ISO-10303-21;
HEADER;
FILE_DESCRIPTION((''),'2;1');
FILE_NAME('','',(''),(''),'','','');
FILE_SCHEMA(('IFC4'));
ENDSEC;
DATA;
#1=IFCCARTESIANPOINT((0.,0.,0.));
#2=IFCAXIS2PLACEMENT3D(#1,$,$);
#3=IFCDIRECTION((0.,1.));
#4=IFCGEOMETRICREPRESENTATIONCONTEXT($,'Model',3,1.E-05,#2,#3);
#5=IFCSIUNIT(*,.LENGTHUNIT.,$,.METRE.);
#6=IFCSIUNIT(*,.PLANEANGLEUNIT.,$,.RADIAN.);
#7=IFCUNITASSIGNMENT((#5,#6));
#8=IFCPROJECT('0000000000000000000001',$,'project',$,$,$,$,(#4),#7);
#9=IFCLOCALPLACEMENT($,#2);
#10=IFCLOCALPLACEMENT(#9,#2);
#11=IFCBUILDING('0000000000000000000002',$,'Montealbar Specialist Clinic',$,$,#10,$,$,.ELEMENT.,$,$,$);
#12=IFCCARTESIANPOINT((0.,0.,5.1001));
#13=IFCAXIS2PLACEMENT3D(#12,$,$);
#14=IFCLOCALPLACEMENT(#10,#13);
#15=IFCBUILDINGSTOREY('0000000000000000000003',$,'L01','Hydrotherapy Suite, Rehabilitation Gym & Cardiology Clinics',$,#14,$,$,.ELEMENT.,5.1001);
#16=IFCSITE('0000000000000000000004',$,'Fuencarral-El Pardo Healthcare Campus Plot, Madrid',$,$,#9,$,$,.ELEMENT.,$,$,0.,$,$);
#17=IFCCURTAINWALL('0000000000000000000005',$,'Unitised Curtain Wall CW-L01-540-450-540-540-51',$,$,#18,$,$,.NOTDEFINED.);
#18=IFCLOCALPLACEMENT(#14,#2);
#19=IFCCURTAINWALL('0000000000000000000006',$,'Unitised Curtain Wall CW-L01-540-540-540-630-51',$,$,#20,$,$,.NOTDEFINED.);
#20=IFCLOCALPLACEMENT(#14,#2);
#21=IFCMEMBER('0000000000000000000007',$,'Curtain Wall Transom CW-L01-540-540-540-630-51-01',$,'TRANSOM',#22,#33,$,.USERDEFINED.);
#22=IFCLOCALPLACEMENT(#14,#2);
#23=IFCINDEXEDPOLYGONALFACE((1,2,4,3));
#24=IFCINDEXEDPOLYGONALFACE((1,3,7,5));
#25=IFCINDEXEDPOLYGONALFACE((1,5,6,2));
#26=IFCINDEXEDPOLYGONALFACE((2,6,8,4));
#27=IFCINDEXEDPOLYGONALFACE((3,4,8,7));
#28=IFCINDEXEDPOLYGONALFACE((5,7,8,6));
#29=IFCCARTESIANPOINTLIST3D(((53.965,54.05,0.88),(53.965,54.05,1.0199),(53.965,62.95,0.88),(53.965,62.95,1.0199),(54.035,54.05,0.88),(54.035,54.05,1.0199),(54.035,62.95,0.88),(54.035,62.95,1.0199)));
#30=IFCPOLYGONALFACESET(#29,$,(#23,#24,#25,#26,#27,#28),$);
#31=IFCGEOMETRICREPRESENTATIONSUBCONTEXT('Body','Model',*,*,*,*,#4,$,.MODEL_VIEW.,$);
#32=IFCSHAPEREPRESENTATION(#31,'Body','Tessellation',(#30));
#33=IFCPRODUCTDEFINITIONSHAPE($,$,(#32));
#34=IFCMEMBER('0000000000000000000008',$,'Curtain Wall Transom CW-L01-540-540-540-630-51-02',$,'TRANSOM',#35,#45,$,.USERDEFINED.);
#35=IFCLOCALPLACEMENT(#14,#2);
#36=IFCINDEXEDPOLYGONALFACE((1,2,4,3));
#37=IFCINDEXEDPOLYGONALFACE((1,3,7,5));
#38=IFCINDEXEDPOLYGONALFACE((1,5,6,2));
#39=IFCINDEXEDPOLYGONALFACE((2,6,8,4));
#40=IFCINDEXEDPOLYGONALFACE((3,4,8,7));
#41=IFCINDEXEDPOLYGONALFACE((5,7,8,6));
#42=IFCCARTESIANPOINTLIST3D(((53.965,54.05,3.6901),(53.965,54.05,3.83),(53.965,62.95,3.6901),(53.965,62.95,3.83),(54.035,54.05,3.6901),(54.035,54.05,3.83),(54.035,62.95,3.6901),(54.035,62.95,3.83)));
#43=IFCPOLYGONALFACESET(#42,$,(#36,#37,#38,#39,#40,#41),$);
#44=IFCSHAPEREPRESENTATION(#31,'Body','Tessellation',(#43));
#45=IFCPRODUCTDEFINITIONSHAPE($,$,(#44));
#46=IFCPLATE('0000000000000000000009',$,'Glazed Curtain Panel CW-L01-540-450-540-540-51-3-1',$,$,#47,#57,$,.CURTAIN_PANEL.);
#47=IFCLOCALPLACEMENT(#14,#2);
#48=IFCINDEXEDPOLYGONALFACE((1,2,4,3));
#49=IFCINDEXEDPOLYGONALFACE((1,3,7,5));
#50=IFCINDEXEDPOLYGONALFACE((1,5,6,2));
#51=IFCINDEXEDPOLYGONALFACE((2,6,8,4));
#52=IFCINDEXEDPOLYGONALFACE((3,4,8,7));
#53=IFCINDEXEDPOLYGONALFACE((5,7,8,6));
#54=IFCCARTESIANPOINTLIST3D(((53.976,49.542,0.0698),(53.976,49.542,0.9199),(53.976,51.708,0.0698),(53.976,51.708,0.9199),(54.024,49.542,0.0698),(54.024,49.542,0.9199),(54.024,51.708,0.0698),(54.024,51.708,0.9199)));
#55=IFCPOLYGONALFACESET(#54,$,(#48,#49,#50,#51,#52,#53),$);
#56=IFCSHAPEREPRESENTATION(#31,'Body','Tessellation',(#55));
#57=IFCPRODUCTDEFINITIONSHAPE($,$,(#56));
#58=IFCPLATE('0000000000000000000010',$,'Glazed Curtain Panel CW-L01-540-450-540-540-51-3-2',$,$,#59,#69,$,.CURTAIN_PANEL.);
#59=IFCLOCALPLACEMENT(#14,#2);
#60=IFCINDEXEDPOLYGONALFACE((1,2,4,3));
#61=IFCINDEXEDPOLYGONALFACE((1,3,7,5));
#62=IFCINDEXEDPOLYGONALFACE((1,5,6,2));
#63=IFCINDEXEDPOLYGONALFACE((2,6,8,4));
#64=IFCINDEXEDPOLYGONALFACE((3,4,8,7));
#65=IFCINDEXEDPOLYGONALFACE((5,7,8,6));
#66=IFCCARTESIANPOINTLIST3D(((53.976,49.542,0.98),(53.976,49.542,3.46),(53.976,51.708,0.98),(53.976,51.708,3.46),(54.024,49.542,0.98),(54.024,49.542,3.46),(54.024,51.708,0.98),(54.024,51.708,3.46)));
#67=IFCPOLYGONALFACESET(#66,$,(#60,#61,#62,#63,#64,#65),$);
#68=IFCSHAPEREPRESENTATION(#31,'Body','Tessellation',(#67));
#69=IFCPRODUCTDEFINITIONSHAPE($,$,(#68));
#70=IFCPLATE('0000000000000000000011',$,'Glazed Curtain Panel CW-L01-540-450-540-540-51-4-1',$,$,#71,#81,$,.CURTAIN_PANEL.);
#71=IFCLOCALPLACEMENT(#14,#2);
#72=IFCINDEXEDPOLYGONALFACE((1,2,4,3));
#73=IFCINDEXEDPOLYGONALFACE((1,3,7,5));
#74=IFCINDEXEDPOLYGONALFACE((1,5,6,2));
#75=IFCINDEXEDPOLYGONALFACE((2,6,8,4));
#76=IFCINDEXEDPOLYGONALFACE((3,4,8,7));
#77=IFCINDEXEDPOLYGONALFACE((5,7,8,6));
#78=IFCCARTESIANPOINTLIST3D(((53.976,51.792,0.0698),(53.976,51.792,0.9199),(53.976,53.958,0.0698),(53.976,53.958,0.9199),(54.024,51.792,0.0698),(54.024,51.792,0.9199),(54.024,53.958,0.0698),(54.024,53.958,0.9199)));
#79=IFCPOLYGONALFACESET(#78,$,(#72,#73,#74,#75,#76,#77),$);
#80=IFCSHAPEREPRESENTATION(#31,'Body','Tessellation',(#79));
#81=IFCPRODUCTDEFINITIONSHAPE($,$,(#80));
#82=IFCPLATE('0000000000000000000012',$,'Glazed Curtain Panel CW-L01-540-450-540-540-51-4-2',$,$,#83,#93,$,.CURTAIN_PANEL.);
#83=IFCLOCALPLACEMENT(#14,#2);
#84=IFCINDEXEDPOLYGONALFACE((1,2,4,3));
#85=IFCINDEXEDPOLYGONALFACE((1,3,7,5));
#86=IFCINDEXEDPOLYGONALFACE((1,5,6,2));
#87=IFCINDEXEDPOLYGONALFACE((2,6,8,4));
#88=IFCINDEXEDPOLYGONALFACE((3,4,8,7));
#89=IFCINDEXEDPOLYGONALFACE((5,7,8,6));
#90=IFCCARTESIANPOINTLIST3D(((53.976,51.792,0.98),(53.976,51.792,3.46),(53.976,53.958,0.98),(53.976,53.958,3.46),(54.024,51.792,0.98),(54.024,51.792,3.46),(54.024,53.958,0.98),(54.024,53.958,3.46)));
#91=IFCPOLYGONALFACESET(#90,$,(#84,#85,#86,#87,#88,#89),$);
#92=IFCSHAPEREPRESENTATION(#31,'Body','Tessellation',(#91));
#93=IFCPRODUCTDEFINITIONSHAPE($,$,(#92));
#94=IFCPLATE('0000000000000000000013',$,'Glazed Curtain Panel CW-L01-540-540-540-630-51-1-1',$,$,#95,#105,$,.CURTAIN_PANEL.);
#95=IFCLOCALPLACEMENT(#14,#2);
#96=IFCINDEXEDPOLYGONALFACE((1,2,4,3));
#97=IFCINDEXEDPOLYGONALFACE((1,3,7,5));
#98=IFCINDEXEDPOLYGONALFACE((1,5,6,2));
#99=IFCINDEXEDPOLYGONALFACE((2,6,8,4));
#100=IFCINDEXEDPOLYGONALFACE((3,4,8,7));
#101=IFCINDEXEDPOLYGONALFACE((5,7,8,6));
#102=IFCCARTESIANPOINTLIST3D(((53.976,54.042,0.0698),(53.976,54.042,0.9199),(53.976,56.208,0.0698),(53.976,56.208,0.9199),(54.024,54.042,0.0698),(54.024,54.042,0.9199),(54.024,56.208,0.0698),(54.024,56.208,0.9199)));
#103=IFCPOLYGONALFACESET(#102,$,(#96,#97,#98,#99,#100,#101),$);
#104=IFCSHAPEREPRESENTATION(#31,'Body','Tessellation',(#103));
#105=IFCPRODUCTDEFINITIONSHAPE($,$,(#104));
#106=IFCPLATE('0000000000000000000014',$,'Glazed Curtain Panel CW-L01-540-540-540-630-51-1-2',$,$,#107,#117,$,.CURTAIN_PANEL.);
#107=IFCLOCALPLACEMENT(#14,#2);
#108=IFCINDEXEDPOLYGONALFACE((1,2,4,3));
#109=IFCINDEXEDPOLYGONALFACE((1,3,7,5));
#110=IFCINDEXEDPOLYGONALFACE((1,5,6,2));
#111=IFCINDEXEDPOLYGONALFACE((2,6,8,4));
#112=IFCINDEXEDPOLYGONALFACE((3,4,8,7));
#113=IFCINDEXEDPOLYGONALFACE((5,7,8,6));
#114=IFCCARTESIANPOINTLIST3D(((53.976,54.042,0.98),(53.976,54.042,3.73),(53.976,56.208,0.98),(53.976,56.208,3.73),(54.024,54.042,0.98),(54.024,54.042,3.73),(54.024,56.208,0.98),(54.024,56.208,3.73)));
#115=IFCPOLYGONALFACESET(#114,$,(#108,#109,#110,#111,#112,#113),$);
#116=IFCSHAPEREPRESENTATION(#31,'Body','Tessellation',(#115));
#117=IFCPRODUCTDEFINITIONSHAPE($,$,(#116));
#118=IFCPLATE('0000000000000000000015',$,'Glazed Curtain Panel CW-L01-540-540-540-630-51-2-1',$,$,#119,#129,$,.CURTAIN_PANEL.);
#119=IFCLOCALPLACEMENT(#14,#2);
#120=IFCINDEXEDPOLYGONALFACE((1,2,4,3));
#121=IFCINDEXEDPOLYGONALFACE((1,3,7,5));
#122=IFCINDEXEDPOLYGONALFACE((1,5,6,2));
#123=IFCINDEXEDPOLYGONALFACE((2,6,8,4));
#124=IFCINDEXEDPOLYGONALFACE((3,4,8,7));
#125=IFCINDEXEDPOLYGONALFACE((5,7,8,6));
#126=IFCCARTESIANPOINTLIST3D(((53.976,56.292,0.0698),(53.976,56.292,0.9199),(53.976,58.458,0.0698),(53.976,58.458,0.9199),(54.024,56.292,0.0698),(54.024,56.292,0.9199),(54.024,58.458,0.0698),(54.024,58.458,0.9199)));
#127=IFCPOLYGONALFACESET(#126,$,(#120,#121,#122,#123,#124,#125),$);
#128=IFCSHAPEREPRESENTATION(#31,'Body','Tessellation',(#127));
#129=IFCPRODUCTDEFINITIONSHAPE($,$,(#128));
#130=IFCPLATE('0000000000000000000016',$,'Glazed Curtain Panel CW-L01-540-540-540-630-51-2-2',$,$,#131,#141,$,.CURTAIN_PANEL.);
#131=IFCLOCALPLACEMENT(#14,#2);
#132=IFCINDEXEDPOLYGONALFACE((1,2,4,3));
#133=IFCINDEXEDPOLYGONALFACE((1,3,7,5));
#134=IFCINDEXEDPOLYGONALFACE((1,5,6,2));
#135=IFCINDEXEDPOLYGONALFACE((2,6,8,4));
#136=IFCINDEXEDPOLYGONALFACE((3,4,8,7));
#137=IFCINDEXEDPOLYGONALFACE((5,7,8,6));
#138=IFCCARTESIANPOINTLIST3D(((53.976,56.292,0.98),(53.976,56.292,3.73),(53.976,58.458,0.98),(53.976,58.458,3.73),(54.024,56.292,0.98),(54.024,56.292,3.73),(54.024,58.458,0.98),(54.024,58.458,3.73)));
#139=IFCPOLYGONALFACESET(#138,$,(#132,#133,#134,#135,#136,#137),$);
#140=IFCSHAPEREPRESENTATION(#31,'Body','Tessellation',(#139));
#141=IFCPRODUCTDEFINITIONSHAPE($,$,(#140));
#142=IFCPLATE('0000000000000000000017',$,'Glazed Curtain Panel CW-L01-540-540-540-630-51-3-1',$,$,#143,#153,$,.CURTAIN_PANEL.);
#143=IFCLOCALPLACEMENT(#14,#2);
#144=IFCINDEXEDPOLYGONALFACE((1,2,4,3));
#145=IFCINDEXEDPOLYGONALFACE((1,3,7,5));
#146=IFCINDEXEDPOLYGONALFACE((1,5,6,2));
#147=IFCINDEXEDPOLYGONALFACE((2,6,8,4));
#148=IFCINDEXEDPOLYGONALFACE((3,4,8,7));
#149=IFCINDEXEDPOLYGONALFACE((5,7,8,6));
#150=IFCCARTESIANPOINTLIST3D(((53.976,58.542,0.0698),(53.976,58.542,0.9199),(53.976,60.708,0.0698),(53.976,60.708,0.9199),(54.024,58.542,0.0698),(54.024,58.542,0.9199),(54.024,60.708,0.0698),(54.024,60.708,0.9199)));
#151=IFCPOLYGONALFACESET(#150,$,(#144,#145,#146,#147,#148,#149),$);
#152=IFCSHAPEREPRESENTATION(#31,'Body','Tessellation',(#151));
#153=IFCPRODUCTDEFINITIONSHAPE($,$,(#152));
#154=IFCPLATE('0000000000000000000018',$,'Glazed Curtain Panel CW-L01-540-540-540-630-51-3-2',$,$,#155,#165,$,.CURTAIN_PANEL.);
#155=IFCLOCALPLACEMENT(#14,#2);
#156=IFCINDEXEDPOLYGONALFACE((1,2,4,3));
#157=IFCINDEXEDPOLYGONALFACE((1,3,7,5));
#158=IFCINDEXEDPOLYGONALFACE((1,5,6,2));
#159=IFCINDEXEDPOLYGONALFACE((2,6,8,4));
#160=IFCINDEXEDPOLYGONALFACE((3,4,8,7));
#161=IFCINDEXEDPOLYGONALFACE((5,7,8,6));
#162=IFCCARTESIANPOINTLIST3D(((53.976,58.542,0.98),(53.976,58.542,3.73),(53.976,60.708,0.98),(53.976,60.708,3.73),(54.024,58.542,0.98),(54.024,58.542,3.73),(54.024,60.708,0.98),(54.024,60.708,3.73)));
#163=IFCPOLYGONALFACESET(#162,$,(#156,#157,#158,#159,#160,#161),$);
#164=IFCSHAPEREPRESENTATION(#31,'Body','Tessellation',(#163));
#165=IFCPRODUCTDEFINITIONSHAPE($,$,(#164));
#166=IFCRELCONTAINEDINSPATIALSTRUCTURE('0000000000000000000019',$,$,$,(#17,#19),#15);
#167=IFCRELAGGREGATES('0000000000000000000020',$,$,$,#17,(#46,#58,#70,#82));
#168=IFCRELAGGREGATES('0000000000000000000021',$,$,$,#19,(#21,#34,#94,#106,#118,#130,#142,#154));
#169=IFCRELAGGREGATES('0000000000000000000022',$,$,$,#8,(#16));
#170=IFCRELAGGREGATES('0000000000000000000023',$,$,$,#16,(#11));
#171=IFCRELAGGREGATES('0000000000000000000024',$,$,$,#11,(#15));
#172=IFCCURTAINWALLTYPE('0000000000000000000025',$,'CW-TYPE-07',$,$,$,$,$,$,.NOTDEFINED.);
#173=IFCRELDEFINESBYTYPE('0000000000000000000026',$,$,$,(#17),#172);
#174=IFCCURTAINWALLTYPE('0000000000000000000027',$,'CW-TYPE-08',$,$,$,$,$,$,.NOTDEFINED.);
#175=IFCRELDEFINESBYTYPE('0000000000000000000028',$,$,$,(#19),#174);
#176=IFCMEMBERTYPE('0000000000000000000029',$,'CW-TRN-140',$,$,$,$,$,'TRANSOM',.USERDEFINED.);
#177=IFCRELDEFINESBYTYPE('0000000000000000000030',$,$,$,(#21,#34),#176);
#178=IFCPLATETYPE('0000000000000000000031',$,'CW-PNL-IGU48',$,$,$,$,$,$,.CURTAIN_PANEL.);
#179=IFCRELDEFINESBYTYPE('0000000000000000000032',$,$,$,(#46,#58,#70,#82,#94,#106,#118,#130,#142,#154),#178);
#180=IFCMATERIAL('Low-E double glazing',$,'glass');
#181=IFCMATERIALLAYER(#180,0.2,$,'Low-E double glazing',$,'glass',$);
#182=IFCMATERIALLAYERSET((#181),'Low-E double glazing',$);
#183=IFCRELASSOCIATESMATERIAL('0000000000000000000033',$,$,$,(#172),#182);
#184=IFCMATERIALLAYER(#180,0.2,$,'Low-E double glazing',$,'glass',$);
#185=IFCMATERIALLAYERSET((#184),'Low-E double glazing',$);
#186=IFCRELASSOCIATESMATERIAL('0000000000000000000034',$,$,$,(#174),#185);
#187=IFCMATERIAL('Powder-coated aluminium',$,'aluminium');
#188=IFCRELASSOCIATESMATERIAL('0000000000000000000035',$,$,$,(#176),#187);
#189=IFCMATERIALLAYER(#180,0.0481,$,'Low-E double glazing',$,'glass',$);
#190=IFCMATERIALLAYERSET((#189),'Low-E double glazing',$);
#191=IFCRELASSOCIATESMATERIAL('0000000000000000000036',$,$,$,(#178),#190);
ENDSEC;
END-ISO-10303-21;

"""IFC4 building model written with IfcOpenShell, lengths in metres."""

from ifc_helpers import new_model, si_unit, direction, frame, origin, origin_2d, place, context, subcontext, project, spatial, rectangle, extrude, material, layer, layer_set, material_profile, profile_set, type_object, element, aggregate, save


model = new_model("IFC4")

# Units and contexts
model_context = context("Model", 3, precision=1e-05, world=origin(), true_north=direction((0.0, 1.0)))
body_context = subcontext(model_context, "Body", "Model", "MODEL_VIEW")
ifc_project = project(units=[si_unit("LENGTHUNIT", "METRE"), si_unit("PLANEANGLEUNIT", "RADIAN")], contexts=[model_context])

# Site, building, storey
site_placement = place(None, origin())
site = spatial("IfcSite", under=ifc_project, at=site_placement, Name="Fuencarral-El Pardo Healthcare Campus Plot, Madrid", CompositionType="ELEMENT", RefElevation=0.0)
building_placement = place(site_placement, origin())
building = spatial("IfcBuilding", under=site, at=building_placement, Name="Montealbar Specialist Clinic", CompositionType="ELEMENT")
storey_placement = place(building_placement, frame((0.0, 0.0, 5.1001)))
storey = spatial("IfcBuildingStorey", under=building, at=storey_placement, Name="L01", Description="Hydrotherapy Suite, Rehabilitation Gym & Cardiology Clinics", CompositionType="ELEMENT", Elevation=5.1001)

# Curtain walls, members
ifc_material_1 = material(Name="Low-E double glazing", Category="glass")
ifc_layer_1 = layer(ifc_material_1, 0.2, Name="Low-E double glazing", Category="glass")
ifc_layer_set_1 = layer_set([ifc_layer_1], Name="Low-E double glazing")
curtain_wall_type_1 = type_object("IfcCurtainWallType", Name="CW-TYPE-07", PredefinedType="NOTDEFINED", material=ifc_layer_set_1)
curtain_wall_1_placement = place(storey_placement, origin())
curtain_wall_1 = element("IfcCurtainWall", 1, at=curtain_wall_1_placement, inside=storey, type_object=curtain_wall_type_1, Name="Unitised Curtain Wall CW-L01-540-450-540-540-51", PredefinedType="NOTDEFINED")
ifc_layer_2 = layer(ifc_material_1, 0.2, Name="Low-E double glazing", Category="glass")
ifc_layer_set_2 = layer_set([ifc_layer_2], Name="Low-E double glazing")
curtain_wall_type_2 = type_object("IfcCurtainWallType", Name="CW-TYPE-08", PredefinedType="NOTDEFINED", material=ifc_layer_set_2)
curtain_wall_2_placement = place(storey_placement, origin())
curtain_wall_2 = element("IfcCurtainWall", 2, at=curtain_wall_2_placement, inside=storey, type_object=curtain_wall_type_2, Name="Unitised Curtain Wall CW-L01-540-540-540-630-51", PredefinedType="NOTDEFINED")
ifc_material_2 = material(Name="Powder-coated aluminium", Category="aluminium")
ifc_material_profile_1 = material_profile(ifc_material_2, rectangle(XDim=0.0701, YDim=0.1399, at=origin_2d()), Name="ALU 70x140", Category="aluminium")
ifc_profile_set_1 = profile_set([ifc_material_profile_1], Name="Powder-coated aluminium")
member_type_1 = type_object("IfcMemberType", Name="CW-TRN-140", ElementType="TRANSOM", PredefinedType="USERDEFINED", material=ifc_profile_set_1)
member_1_placement = place(storey_placement, frame((54.0, 54.05, 0.95), z_axis=(0.0, 1.0, 0.0), x_axis=(-1.0, 0.0, 0.0)))
member_1 = element("IfcMember", 3, at=member_1_placement, type_object=member_type_1, Name="Curtain Wall Transom CW-L01-540-540-540-630-51-01", ObjectType="TRANSOM", PredefinedType="USERDEFINED", context=body_context, shape_type="SweptSolid", body=[
    extrude(rectangle(XDim=0.0701, YDim=0.1399, at=origin_2d()), origin(), (0.0, 0.0, 1.0), 8.8999),
])
member_2_placement = place(storey_placement, frame((54.0, 54.05, 3.76), z_axis=(0.0, 1.0, 0.0), x_axis=(-1.0, 0.0, 0.0)))
member_2 = element("IfcMember", 4, at=member_2_placement, type_object=member_type_1, Name="Curtain Wall Transom CW-L01-540-540-540-630-51-02", ObjectType="TRANSOM", PredefinedType="USERDEFINED", context=body_context, shape_type="SweptSolid", body=[
    extrude(rectangle(XDim=0.0701, YDim=0.1399, at=origin_2d()), origin(), (0.0, 0.0, 1.0), 8.8999),
])

# Plates
ifc_layer_3 = layer(ifc_material_1, 0.0481, Name="Low-E double glazing", Category="glass")
ifc_layer_set_3 = layer_set([ifc_layer_3], Name="Low-E double glazing")
plate_type = type_object("IfcPlateType", Name="CW-PNL-IGU48", PredefinedType="CURTAIN_PANEL", material=ifc_layer_set_3)
plate_1_placement = place(storey_placement, frame((54.0, 50.625, 0.0698), z_axis=(0.0, 0.0, 1.0), x_axis=(0.0, 1.0, 0.0)))
plate_1 = element("IfcPlate", 5, at=plate_1_placement, type_object=plate_type, Name="Glazed Curtain Panel CW-L01-540-450-540-540-51-3-1", PredefinedType="CURTAIN_PANEL", context=body_context, shape_type="SweptSolid", body=[
    extrude(rectangle(XDim=2.166, YDim=0.0481, at=origin_2d()), origin(), (0.0, 0.0, 1.0), 0.8501),
])
plate_2_placement = place(storey_placement, frame((54.0, 50.625, 0.98), z_axis=(0.0, 0.0, 1.0), x_axis=(0.0, 1.0, 0.0)))
plate_2 = element("IfcPlate", 6, at=plate_2_placement, type_object=plate_type, Name="Glazed Curtain Panel CW-L01-540-450-540-540-51-3-2", PredefinedType="CURTAIN_PANEL", context=body_context, shape_type="SweptSolid", body=[
    extrude(rectangle(XDim=2.166, YDim=0.0481, at=origin_2d()), origin(), (0.0, 0.0, 1.0), 2.48),
])
plate_3_placement = place(storey_placement, frame((54.0, 52.875, 0.0698), z_axis=(0.0, 0.0, 1.0), x_axis=(0.0, 1.0, 0.0)))
plate_3 = element("IfcPlate", 7, at=plate_3_placement, type_object=plate_type, Name="Glazed Curtain Panel CW-L01-540-450-540-540-51-4-1", PredefinedType="CURTAIN_PANEL", context=body_context, shape_type="SweptSolid", body=[
    extrude(rectangle(XDim=2.166, YDim=0.0481, at=origin_2d()), origin(), (0.0, 0.0, 1.0), 0.8501),
])
plate_4_placement = place(storey_placement, frame((54.0, 52.875, 0.98), z_axis=(0.0, 0.0, 1.0), x_axis=(0.0, 1.0, 0.0)))
plate_4 = element("IfcPlate", 8, at=plate_4_placement, type_object=plate_type, Name="Glazed Curtain Panel CW-L01-540-450-540-540-51-4-2", PredefinedType="CURTAIN_PANEL", context=body_context, shape_type="SweptSolid", body=[
    extrude(rectangle(XDim=2.166, YDim=0.0481, at=origin_2d()), origin(), (0.0, 0.0, 1.0), 2.48),
])
aggregate(curtain_wall_1, [plate_1, plate_2, plate_3, plate_4])
plate_5_placement = place(storey_placement, frame((54.0, 55.125, 0.0698), z_axis=(0.0, 0.0, 1.0), x_axis=(0.0, 1.0, 0.0)))
plate_5 = element("IfcPlate", 9, at=plate_5_placement, type_object=plate_type, Name="Glazed Curtain Panel CW-L01-540-540-540-630-51-1-1", PredefinedType="CURTAIN_PANEL", context=body_context, shape_type="SweptSolid", body=[
    extrude(rectangle(XDim=2.166, YDim=0.0481, at=origin_2d()), origin(), (0.0, 0.0, 1.0), 0.8501),
])
plate_6_placement = place(storey_placement, frame((54.0, 55.125, 0.98), z_axis=(0.0, 0.0, 1.0), x_axis=(0.0, 1.0, 0.0)))
plate_6 = element("IfcPlate", 10, at=plate_6_placement, type_object=plate_type, Name="Glazed Curtain Panel CW-L01-540-540-540-630-51-1-2", PredefinedType="CURTAIN_PANEL", context=body_context, shape_type="SweptSolid", body=[
    extrude(rectangle(XDim=2.166, YDim=0.0481, at=origin_2d()), origin(), (0.0, 0.0, 1.0), 2.75),
])
plate_7_placement = place(storey_placement, frame((54.0, 57.375, 0.0698), z_axis=(0.0, 0.0, 1.0), x_axis=(0.0, 1.0, 0.0)))
plate_7 = element("IfcPlate", 11, at=plate_7_placement, type_object=plate_type, Name="Glazed Curtain Panel CW-L01-540-540-540-630-51-2-1", PredefinedType="CURTAIN_PANEL", context=body_context, shape_type="SweptSolid", body=[
    extrude(rectangle(XDim=2.166, YDim=0.0481, at=origin_2d()), origin(), (0.0, 0.0, 1.0), 0.8501),
])
plate_8_placement = place(storey_placement, frame((54.0, 57.375, 0.98), z_axis=(0.0, 0.0, 1.0), x_axis=(0.0, 1.0, 0.0)))
plate_8 = element("IfcPlate", 12, at=plate_8_placement, type_object=plate_type, Name="Glazed Curtain Panel CW-L01-540-540-540-630-51-2-2", PredefinedType="CURTAIN_PANEL", context=body_context, shape_type="SweptSolid", body=[
    extrude(rectangle(XDim=2.166, YDim=0.0481, at=origin_2d()), origin(), (0.0, 0.0, 1.0), 2.75),
])
plate_9_placement = place(storey_placement, frame((54.0, 59.625, 0.0698), z_axis=(0.0, 0.0, 1.0), x_axis=(0.0, 1.0, 0.0)))
plate_9 = element("IfcPlate", 13, at=plate_9_placement, type_object=plate_type, Name="Glazed Curtain Panel CW-L01-540-540-540-630-51-3-1", PredefinedType="CURTAIN_PANEL", context=body_context, shape_type="SweptSolid", body=[
    extrude(rectangle(XDim=2.166, YDim=0.0481, at=origin_2d()), origin(), (0.0, 0.0, 1.0), 0.8501),
])
plate_10_placement = place(storey_placement, frame((54.0, 59.625, 0.98), z_axis=(0.0, 0.0, 1.0), x_axis=(0.0, 1.0, 0.0)))
plate_10 = element("IfcPlate", 14, at=plate_10_placement, type_object=plate_type, Name="Glazed Curtain Panel CW-L01-540-540-540-630-51-3-2", PredefinedType="CURTAIN_PANEL", context=body_context, shape_type="SweptSolid", body=[
    extrude(rectangle(XDim=2.166, YDim=0.0481, at=origin_2d()), origin(), (0.0, 0.0, 1.0), 2.75),
])
aggregate(curtain_wall_2, [member_1, member_2, plate_5, plate_6, plate_7, plate_8, plate_9, plate_10])

save(model, "model.ifc")
